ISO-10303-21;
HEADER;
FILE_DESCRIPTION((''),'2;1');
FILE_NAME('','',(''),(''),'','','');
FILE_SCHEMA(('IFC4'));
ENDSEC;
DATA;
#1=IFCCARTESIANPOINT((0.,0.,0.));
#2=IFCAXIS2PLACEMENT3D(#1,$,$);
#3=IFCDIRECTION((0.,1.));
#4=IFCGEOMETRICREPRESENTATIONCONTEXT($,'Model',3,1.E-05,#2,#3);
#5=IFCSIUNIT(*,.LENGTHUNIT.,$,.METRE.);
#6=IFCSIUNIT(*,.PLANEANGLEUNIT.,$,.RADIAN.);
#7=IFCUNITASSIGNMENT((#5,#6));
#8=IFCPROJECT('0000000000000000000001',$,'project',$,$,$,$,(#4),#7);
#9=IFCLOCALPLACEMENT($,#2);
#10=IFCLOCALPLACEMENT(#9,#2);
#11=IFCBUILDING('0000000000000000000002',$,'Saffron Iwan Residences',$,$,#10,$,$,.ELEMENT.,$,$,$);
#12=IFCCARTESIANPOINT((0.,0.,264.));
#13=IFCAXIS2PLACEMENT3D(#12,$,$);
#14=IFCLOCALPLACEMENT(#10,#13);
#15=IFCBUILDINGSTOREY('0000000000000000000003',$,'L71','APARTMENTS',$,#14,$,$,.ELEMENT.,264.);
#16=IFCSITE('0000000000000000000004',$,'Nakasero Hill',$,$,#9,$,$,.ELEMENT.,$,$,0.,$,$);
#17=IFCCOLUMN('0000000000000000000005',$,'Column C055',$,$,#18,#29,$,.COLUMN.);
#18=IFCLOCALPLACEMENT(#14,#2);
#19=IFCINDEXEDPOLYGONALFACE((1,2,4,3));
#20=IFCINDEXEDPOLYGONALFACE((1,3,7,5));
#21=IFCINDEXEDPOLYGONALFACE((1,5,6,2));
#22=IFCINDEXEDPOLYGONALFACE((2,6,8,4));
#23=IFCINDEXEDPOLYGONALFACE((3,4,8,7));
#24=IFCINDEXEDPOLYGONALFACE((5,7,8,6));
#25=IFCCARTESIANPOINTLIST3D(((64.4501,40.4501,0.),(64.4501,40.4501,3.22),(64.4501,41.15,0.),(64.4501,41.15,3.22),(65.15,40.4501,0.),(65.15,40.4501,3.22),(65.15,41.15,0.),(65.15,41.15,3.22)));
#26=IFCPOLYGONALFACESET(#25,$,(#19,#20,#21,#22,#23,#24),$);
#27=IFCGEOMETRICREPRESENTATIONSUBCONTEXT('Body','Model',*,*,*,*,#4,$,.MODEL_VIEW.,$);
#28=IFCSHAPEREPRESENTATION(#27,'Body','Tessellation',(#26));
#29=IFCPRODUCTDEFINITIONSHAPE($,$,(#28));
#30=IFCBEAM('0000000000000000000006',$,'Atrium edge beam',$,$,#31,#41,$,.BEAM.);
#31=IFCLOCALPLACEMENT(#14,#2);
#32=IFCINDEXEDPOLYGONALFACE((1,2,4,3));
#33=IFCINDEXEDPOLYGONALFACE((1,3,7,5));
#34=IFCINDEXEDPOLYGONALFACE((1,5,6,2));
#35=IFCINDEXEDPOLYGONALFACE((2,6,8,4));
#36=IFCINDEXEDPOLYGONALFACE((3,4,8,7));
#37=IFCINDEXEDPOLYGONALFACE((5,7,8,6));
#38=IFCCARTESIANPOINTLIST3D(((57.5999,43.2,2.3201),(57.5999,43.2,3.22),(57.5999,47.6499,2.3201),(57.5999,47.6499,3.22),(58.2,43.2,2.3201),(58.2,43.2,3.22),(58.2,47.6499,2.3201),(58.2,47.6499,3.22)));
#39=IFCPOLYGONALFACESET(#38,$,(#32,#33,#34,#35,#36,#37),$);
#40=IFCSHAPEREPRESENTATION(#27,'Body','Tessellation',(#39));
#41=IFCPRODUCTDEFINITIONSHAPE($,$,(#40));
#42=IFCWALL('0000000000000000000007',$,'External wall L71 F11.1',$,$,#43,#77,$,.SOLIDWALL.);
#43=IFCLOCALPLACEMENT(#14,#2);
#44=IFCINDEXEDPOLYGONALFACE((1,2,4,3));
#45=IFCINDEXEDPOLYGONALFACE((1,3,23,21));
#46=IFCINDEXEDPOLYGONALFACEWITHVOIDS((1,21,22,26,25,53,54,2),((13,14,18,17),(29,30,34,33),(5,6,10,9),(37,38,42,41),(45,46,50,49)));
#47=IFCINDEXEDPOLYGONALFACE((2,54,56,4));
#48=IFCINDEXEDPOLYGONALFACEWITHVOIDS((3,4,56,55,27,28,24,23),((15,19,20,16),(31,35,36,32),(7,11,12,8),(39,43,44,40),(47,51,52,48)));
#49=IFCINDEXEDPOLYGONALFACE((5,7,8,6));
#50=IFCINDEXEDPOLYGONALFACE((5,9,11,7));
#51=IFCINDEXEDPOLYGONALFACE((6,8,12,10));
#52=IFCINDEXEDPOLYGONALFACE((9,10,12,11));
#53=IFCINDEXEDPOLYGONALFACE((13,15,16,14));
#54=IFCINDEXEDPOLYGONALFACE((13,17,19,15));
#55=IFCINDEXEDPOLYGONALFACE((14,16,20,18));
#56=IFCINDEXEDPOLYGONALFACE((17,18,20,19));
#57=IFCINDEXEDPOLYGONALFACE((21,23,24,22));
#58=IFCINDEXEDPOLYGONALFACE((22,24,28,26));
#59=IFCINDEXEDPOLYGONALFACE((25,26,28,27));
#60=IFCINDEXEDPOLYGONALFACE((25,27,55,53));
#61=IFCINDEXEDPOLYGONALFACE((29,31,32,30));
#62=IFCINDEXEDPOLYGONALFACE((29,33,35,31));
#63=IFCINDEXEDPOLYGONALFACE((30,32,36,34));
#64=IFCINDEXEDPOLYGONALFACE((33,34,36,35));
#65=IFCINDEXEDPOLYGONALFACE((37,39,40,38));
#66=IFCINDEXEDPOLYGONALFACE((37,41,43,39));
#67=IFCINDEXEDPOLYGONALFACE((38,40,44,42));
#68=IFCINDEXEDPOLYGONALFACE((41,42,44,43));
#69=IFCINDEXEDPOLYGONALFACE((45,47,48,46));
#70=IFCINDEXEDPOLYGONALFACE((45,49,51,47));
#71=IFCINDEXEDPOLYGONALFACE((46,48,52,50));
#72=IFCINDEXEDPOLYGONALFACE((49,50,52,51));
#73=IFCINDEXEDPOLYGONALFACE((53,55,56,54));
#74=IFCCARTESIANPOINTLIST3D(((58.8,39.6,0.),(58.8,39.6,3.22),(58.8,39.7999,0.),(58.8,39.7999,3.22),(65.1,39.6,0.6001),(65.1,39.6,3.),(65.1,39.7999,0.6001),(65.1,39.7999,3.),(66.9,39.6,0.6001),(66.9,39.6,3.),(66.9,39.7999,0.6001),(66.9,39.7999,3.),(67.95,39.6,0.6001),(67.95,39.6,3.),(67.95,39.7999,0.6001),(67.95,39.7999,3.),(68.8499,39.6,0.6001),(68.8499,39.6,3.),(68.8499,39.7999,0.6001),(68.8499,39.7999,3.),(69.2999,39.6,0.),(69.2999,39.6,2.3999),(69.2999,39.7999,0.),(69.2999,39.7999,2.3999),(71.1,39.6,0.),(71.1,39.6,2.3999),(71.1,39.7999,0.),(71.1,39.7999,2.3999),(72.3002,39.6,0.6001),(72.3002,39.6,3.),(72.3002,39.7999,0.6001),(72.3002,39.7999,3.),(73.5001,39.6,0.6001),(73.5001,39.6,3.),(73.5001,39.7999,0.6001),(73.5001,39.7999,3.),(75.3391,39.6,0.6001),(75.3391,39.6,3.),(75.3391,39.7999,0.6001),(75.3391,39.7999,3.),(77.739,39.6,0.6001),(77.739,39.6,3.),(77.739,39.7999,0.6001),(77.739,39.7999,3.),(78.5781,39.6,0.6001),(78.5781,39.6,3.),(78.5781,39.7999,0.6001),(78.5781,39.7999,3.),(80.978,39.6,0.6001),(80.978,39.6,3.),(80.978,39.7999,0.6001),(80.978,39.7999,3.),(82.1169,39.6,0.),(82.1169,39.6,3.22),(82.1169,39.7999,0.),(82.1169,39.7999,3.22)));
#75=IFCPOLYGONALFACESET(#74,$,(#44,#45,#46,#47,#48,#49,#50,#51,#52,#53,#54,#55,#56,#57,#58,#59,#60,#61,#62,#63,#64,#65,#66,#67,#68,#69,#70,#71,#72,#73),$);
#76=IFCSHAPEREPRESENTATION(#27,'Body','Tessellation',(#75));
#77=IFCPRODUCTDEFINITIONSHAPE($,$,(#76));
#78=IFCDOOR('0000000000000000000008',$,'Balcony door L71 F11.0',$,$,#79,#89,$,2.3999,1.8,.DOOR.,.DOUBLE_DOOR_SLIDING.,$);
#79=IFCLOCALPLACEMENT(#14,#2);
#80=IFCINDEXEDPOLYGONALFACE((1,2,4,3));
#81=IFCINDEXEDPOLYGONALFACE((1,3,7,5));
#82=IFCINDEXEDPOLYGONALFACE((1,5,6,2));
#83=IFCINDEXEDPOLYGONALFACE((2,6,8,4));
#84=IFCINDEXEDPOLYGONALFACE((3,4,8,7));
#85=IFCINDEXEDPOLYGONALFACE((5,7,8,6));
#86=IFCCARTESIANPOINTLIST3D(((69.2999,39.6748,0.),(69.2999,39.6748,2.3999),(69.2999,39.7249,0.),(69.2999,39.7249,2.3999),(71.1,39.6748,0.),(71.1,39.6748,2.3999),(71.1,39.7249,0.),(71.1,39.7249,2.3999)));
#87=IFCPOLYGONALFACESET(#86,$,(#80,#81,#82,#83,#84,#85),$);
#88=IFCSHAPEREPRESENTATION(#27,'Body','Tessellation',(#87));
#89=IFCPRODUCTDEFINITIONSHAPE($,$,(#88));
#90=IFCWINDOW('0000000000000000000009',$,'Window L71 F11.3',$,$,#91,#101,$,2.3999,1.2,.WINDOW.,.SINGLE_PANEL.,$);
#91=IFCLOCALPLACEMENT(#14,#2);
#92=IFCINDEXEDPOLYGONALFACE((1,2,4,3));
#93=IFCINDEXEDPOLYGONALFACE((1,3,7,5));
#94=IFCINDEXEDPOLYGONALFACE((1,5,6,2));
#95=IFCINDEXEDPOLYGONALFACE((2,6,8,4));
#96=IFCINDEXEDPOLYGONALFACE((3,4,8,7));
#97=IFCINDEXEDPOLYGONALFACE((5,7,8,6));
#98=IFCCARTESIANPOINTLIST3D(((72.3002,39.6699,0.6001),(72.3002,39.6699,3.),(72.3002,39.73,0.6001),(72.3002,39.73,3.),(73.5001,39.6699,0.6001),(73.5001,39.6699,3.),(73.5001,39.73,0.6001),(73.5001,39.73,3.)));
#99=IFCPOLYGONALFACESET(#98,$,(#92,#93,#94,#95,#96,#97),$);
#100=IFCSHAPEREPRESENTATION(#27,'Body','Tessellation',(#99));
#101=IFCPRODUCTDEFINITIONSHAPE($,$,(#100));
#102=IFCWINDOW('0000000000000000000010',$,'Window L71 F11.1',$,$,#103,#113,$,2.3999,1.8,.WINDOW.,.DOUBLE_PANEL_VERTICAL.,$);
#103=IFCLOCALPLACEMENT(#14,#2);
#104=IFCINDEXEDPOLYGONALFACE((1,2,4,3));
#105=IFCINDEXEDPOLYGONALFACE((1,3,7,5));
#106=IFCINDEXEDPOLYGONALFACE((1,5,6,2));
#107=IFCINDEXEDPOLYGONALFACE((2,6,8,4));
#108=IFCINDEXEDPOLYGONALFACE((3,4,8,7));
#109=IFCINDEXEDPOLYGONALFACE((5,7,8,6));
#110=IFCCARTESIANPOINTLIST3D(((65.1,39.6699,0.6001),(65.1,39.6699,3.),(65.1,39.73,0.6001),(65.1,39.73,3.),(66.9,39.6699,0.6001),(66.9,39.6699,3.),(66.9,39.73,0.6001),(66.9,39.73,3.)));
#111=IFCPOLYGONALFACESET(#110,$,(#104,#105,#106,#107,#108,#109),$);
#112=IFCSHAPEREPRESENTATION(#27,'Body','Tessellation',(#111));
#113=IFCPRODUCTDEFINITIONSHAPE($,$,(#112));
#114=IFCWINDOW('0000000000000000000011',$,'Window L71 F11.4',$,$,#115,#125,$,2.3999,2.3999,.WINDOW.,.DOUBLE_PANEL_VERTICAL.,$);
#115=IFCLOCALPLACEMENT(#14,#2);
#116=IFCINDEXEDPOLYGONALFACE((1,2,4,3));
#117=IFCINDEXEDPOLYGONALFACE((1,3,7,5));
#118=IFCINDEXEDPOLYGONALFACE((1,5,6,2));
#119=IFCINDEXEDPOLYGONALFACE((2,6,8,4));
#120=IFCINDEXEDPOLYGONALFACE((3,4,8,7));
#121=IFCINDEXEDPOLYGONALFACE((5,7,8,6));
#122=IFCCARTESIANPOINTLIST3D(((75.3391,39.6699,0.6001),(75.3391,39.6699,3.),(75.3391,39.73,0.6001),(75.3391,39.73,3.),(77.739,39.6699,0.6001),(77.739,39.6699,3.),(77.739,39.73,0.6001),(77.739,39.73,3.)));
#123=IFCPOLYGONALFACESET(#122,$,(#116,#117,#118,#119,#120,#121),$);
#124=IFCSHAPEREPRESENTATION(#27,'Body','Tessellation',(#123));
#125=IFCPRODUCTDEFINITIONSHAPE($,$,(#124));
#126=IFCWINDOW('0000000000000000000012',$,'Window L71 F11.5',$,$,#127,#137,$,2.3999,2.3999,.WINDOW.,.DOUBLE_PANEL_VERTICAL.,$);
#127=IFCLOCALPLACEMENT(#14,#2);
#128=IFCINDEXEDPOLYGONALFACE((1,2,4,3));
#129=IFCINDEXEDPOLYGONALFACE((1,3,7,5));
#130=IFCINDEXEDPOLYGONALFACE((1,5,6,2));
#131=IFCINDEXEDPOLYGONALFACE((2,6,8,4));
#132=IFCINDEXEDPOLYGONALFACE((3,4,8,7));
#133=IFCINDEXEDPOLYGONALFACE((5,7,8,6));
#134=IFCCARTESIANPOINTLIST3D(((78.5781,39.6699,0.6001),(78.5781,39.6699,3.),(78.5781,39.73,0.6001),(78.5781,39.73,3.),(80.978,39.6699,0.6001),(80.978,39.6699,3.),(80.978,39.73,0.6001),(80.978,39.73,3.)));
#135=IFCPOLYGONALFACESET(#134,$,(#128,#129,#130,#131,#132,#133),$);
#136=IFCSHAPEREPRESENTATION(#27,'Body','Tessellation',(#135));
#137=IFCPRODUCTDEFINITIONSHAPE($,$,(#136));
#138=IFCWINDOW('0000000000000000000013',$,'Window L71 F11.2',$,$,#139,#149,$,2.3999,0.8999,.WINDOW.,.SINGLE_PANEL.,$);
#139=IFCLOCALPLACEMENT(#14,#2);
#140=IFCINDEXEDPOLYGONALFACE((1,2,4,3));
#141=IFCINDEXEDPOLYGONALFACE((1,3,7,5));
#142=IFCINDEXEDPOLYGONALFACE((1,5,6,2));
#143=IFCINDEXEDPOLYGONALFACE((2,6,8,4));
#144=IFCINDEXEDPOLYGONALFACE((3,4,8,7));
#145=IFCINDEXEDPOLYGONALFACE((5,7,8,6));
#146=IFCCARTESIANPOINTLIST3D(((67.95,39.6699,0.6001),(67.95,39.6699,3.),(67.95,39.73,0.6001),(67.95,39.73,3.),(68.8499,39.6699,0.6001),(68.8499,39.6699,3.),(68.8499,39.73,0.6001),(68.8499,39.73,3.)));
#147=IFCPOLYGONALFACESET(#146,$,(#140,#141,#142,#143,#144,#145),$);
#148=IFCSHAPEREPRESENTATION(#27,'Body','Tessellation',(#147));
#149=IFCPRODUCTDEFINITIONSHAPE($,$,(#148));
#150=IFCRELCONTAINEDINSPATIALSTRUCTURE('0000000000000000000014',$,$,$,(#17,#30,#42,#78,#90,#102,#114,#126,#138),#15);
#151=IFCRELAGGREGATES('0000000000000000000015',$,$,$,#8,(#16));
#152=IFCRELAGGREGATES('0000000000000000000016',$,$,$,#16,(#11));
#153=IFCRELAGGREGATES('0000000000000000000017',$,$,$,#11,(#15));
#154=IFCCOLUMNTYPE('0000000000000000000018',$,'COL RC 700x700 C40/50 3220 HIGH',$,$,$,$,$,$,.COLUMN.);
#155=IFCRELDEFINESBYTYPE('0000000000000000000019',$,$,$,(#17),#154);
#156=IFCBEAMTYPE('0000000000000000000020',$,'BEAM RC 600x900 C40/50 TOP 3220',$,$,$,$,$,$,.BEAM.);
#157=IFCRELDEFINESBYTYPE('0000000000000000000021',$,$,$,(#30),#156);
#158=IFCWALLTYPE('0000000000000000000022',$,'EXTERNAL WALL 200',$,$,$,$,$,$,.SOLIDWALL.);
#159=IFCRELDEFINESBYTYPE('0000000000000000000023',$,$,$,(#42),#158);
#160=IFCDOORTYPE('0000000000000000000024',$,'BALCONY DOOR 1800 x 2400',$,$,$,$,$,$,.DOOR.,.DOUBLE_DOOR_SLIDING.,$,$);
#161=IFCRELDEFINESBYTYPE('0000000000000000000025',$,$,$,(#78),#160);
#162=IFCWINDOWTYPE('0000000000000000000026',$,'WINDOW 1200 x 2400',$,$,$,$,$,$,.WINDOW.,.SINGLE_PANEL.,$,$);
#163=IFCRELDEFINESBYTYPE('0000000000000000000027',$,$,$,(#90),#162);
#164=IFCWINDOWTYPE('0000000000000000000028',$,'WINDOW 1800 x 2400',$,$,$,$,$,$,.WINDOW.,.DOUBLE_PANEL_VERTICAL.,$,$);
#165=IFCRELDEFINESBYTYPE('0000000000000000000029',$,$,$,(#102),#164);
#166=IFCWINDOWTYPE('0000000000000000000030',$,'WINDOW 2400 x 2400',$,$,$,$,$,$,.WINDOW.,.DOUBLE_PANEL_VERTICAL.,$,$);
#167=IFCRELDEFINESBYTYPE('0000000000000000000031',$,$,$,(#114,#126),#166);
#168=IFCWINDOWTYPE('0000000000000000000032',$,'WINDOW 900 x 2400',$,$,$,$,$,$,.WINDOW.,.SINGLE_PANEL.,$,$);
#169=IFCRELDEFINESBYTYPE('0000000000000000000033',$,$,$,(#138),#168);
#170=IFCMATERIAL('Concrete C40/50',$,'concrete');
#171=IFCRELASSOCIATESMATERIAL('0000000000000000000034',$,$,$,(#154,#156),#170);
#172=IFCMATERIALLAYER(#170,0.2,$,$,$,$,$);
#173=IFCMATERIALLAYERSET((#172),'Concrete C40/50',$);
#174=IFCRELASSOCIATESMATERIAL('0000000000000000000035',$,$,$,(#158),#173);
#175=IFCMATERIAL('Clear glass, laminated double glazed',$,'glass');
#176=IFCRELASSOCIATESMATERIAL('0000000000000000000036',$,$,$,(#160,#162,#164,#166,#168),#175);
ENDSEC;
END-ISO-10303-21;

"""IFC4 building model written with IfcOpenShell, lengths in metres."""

from ifc_helpers import new_model, si_unit, direction, frame, frame_2d, origin, origin_2d, place, context, subcontext, project, spatial, rectangle, extrude, source, transform, mapped, material, layer, layer_set, material_profile, profile_set, type_object, element, fill, save


model = new_model("IFC4")

# Units and contexts
model_context = context("Model", 3, precision=1e-05, world=origin(), true_north=direction((0.0, 1.0)))
body_context = subcontext(model_context, "Body", "Model", "MODEL_VIEW")
ifc_project = project(units=[si_unit("LENGTHUNIT", "METRE"), si_unit("PLANEANGLEUNIT", "RADIAN")], contexts=[model_context])

# Site, building, storey
site_placement = place(None, origin())
site = spatial("IfcSite", under=ifc_project, at=site_placement, Name="Nakasero Hill", CompositionType="ELEMENT", RefElevation=0.0)
building_placement = place(site_placement, origin())
building = spatial("IfcBuilding", under=site, at=building_placement, Name="Saffron Iwan Residences", CompositionType="ELEMENT")
storey_placement = place(building_placement, frame((0.0, 0.0, 264.0)))
storey = spatial("IfcBuildingStorey", under=building, at=storey_placement, Name="L71", Description="APARTMENTS", CompositionType="ELEMENT", Elevation=264.0)

# Column
ifc_material_1 = material(Name="Concrete C40/50", Category="concrete")
ifc_material_profile_1 = material_profile(ifc_material_1, rectangle(XDim=0.7, YDim=0.7, at=origin_2d()), Name="RC 700x700")
ifc_profile_set_1 = profile_set([ifc_material_profile_1], Name="Concrete C40/50")
column_type = type_object("IfcColumnType", Name="COL RC 700x700 C40/50 3220 HIGH", PredefinedType="COLUMN", material=ifc_profile_set_1)
shared_shape_1 = source(origin(), body_context, "Body", "SweptSolid", [
    extrude(rectangle(XDim=0.7, YDim=0.7, at=origin_2d()), origin(), (0.0, 0.0, 1.0), 3.22),
])
column_placement = place(storey_placement, frame((64.8, 40.8, 0.0), z_axis=(0.0, 0.0, 1.0), x_axis=(1.0, 0.0, 0.0)))
element("IfcColumn", 1, at=column_placement, inside=storey, type_object=column_type, Name="Column C055", PredefinedType="COLUMN", context=body_context, shape_type="MappedRepresentation", body=[
    mapped(shared_shape_1, transform((0.0, 0.0, 0.0))),
])

# Beam
ifc_material_profile_2 = material_profile(ifc_material_1, rectangle(XDim=0.6001, YDim=0.8999, at=origin_2d()), Name="RC 600x900")
ifc_profile_set_2 = profile_set([ifc_material_profile_2], Name="Concrete C40/50")
beam_type = type_object("IfcBeamType", Name="BEAM RC 600x900 C40/50 TOP 3220", PredefinedType="BEAM", material=ifc_profile_set_2)
shared_shape_2 = source(origin(), body_context, "Body", "SweptSolid", [
    extrude(rectangle(XDim=0.6001, YDim=0.8999, at=origin_2d()), origin(), (0.0, 0.0, 1.0), 4.45),
])
beam_placement = place(storey_placement, frame((57.8999, 47.6499, 2.77), z_axis=(0.0, -1.0, 0.0), x_axis=(1.0, 0.0, 0.0)))
element("IfcBeam", 2, at=beam_placement, inside=storey, type_object=beam_type, Name="Atrium edge beam", PredefinedType="BEAM", context=body_context, shape_type="MappedRepresentation", body=[
    mapped(shared_shape_2, transform((0.0, 0.0, 0.0))),
])

# Wall, openings, door, windows
ifc_layer_1 = layer(ifc_material_1, 0.2)
ifc_layer_set_1 = layer_set([ifc_layer_1], Name="Concrete C40/50")
wall_type_1 = type_object("IfcWallType", Name="EXTERNAL WALL 200", PredefinedType="SOLIDWALL", material=ifc_layer_set_1)
wall_1_placement = place(storey_placement, frame((58.8, 39.7, 0.0), z_axis=(0.0, 0.0, 1.0), x_axis=(1.0, 0.0, 0.0)))
wall_1 = element("IfcWall", 3, at=wall_1_placement, inside=storey, type_object=wall_type_1, Name="External wall L71 F11.1", PredefinedType="SOLIDWALL", context=body_context, shape_type="SweptSolid", body=[
    extrude(rectangle(XDim=23.3169, YDim=0.2, at=frame_2d((11.6584, 0.0))), origin(), (0.0, 0.0, 1.0), 3.22),
])
opening_1_placement = place(wall_1_placement, frame((10.5, 0.0, 0.0)))
opening_1 = element("IfcOpeningElement", 4, at=opening_1_placement, cuts=wall_1, PredefinedType="OPENING", context=body_context, shape_type="SweptSolid", body=[
    extrude(rectangle(XDim=1.8, YDim=2.3999, at=frame_2d((0.8999, 1.2))), frame((0.0, 0.1099, 0.0), z_axis=(0.0, -1.0, 0.0), x_axis=(1.0, 0.0, 0.0)), (0.0, 0.0, 1.0), 0.22),
])
opening_2_placement = place(wall_1_placement, frame((6.3, 0.0, 0.6001)))
opening_2 = element("IfcOpeningElement", 5, at=opening_2_placement, cuts=wall_1, PredefinedType="OPENING", context=body_context, shape_type="SweptSolid", body=[
    extrude(rectangle(XDim=1.8, YDim=2.3999, at=frame_2d((0.8999, 1.2))), frame((0.0, 0.1099, 0.0), z_axis=(0.0, -1.0, 0.0), x_axis=(1.0, 0.0, 0.0)), (0.0, 0.0, 1.0), 0.22),
])
opening_3_placement = place(wall_1_placement, frame((9.1499, 0.0, 0.6001)))
opening_3 = element("IfcOpeningElement", 6, at=opening_3_placement, cuts=wall_1, PredefinedType="OPENING", context=body_context, shape_type="SweptSolid", body=[
    extrude(rectangle(XDim=0.8999, YDim=2.3999, at=frame_2d((0.45, 1.2))), frame((0.0, 0.1099, 0.0), z_axis=(0.0, -1.0, 0.0), x_axis=(1.0, 0.0, 0.0)), (0.0, 0.0, 1.0), 0.22),
])
opening_4_placement = place(wall_1_placement, frame((13.5, 0.0, 0.6001)))
opening_4 = element("IfcOpeningElement", 7, at=opening_4_placement, cuts=wall_1, PredefinedType="OPENING", context=body_context, shape_type="SweptSolid", body=[
    extrude(rectangle(XDim=1.2, YDim=2.3999, at=frame_2d((0.6001, 1.2))), frame((0.0, 0.1099, 0.0), z_axis=(0.0, -1.0, 0.0), x_axis=(1.0, 0.0, 0.0)), (0.0, 0.0, 1.0), 0.22),
])
opening_5_placement = place(wall_1_placement, frame((16.5391, 0.0, 0.6001)))
opening_5 = element("IfcOpeningElement", 8, at=opening_5_placement, cuts=wall_1, PredefinedType="OPENING", context=body_context, shape_type="SweptSolid", body=[
    extrude(rectangle(XDim=2.3999, YDim=2.3999, at=frame_2d((1.2, 1.2))), frame((0.0, 0.1099, 0.0), z_axis=(0.0, -1.0, 0.0), x_axis=(1.0, 0.0, 0.0)), (0.0, 0.0, 1.0), 0.22),
])
opening_6_placement = place(wall_1_placement, frame((19.7781, 0.0, 0.6001)))
opening_6 = element("IfcOpeningElement", 9, at=opening_6_placement, cuts=wall_1, PredefinedType="OPENING", context=body_context, shape_type="SweptSolid", body=[
    extrude(rectangle(XDim=2.3999, YDim=2.3999, at=frame_2d((1.2, 1.2))), frame((0.0, 0.1099, 0.0), z_axis=(0.0, -1.0, 0.0), x_axis=(1.0, 0.0, 0.0)), (0.0, 0.0, 1.0), 0.22),
])
ifc_material_2 = material(Name="Clear glass, laminated double glazed", Category="glass")
door_type_1 = type_object("IfcDoorType", Name="BALCONY DOOR 1800 x 2400", OperationType="DOUBLE_DOOR_SLIDING", PredefinedType="DOOR", material=ifc_material_2)
door_1_placement = place(opening_1_placement, origin())
door_1 = element("IfcDoor", 10, at=door_1_placement, inside=storey, type_object=door_type_1, Name="Balcony door L71 F11.0", OperationType="DOUBLE_DOOR_SLIDING", OverallHeight=2.3999, OverallWidth=1.8, PredefinedType="DOOR", context=body_context, shape_type="SweptSolid", body=[
    extrude(rectangle(XDim=1.8, YDim=2.3999, at=frame_2d((0.8999, 1.2))), frame((0.0, 0.0249, 0.0), z_axis=(0.0, -1.0, 0.0), x_axis=(1.0, 0.0, 0.0)), (0.0, 0.0, 1.0), 0.05),
])
fill(opening_1, door_1)
window_type_1 = type_object("IfcWindowType", Name="WINDOW 1200 x 2400", PartitioningType="SINGLE_PANEL", PredefinedType="WINDOW", material=ifc_material_2)
window_1_placement = place(opening_4_placement, origin())
window_1 = element("IfcWindow", 11, at=window_1_placement, inside=storey, type_object=window_type_1, Name="Window L71 F11.3", OverallHeight=2.3999, OverallWidth=1.2, PartitioningType="SINGLE_PANEL", PredefinedType="WINDOW", context=body_context, shape_type="SweptSolid", body=[
    extrude(rectangle(XDim=1.2, YDim=2.3999, at=frame_2d((0.6001, 1.2))), frame((0.0, 0.03, 0.0), z_axis=(0.0, -1.0, 0.0), x_axis=(1.0, 0.0, 0.0)), (0.0, 0.0, 1.0), 0.0601),
])
fill(opening_4, window_1)
window_type_2 = type_object("IfcWindowType", Name="WINDOW 1800 x 2400", PartitioningType="DOUBLE_PANEL_VERTICAL", PredefinedType="WINDOW", material=ifc_material_2)
window_2_placement = place(opening_2_placement, origin())
window_2 = element("IfcWindow", 12, at=window_2_placement, inside=storey, type_object=window_type_2, Name="Window L71 F11.1", OverallHeight=2.3999, OverallWidth=1.8, PartitioningType="DOUBLE_PANEL_VERTICAL", PredefinedType="WINDOW", context=body_context, shape_type="SweptSolid", body=[
    extrude(rectangle(XDim=1.8, YDim=2.3999, at=frame_2d((0.8999, 1.2))), frame((0.0, 0.03, 0.0), z_axis=(0.0, -1.0, 0.0), x_axis=(1.0, 0.0, 0.0)), (0.0, 0.0, 1.0), 0.0601),
])
fill(opening_2, window_2)
window_type_3 = type_object("IfcWindowType", Name="WINDOW 2400 x 2400", PartitioningType="DOUBLE_PANEL_VERTICAL", PredefinedType="WINDOW", material=ifc_material_2)
window_3_placement = place(opening_5_placement, origin())
window_3 = element("IfcWindow", 13, at=window_3_placement, inside=storey, type_object=window_type_3, Name="Window L71 F11.4", OverallHeight=2.3999, OverallWidth=2.3999, PartitioningType="DOUBLE_PANEL_VERTICAL", PredefinedType="WINDOW", context=body_context, shape_type="SweptSolid", body=[
    extrude(rectangle(XDim=2.3999, YDim=2.3999, at=frame_2d((1.2, 1.2))), frame((0.0, 0.03, 0.0), z_axis=(0.0, -1.0, 0.0), x_axis=(1.0, 0.0, 0.0)), (0.0, 0.0, 1.0), 0.0601),
])
fill(opening_5, window_3)
window_4_placement = place(opening_6_placement, origin())
window_4 = element("IfcWindow", 14, at=window_4_placement, inside=storey, type_object=window_type_3, Name="Window L71 F11.5", OverallHeight=2.3999, OverallWidth=2.3999, PartitioningType="DOUBLE_PANEL_VERTICAL", PredefinedType="WINDOW", context=body_context, shape_type="SweptSolid", body=[
    extrude(rectangle(XDim=2.3999, YDim=2.3999, at=frame_2d((1.2, 1.2))), frame((0.0, 0.03, 0.0), z_axis=(0.0, -1.0, 0.0), x_axis=(1.0, 0.0, 0.0)), (0.0, 0.0, 1.0), 0.0601),
])
fill(opening_6, window_4)
window_type_4 = type_object("IfcWindowType", Name="WINDOW 900 x 2400", PartitioningType="SINGLE_PANEL", PredefinedType="WINDOW", material=ifc_material_2)
window_5_placement = place(opening_3_placement, origin())
window_5 = element("IfcWindow", 15, at=window_5_placement, inside=storey, type_object=window_type_4, Name="Window L71 F11.2", OverallHeight=2.3999, OverallWidth=0.8999, PartitioningType="SINGLE_PANEL", PredefinedType="WINDOW", context=body_context, shape_type="SweptSolid", body=[
    extrude(rectangle(XDim=0.8999, YDim=2.3999, at=frame_2d((0.45, 1.2))), frame((0.0, 0.03, 0.0), z_axis=(0.0, -1.0, 0.0), x_axis=(1.0, 0.0, 0.0)), (0.0, 0.0, 1.0), 0.0601),
])
fill(opening_3, window_5)

save(model, "model.ifc")
